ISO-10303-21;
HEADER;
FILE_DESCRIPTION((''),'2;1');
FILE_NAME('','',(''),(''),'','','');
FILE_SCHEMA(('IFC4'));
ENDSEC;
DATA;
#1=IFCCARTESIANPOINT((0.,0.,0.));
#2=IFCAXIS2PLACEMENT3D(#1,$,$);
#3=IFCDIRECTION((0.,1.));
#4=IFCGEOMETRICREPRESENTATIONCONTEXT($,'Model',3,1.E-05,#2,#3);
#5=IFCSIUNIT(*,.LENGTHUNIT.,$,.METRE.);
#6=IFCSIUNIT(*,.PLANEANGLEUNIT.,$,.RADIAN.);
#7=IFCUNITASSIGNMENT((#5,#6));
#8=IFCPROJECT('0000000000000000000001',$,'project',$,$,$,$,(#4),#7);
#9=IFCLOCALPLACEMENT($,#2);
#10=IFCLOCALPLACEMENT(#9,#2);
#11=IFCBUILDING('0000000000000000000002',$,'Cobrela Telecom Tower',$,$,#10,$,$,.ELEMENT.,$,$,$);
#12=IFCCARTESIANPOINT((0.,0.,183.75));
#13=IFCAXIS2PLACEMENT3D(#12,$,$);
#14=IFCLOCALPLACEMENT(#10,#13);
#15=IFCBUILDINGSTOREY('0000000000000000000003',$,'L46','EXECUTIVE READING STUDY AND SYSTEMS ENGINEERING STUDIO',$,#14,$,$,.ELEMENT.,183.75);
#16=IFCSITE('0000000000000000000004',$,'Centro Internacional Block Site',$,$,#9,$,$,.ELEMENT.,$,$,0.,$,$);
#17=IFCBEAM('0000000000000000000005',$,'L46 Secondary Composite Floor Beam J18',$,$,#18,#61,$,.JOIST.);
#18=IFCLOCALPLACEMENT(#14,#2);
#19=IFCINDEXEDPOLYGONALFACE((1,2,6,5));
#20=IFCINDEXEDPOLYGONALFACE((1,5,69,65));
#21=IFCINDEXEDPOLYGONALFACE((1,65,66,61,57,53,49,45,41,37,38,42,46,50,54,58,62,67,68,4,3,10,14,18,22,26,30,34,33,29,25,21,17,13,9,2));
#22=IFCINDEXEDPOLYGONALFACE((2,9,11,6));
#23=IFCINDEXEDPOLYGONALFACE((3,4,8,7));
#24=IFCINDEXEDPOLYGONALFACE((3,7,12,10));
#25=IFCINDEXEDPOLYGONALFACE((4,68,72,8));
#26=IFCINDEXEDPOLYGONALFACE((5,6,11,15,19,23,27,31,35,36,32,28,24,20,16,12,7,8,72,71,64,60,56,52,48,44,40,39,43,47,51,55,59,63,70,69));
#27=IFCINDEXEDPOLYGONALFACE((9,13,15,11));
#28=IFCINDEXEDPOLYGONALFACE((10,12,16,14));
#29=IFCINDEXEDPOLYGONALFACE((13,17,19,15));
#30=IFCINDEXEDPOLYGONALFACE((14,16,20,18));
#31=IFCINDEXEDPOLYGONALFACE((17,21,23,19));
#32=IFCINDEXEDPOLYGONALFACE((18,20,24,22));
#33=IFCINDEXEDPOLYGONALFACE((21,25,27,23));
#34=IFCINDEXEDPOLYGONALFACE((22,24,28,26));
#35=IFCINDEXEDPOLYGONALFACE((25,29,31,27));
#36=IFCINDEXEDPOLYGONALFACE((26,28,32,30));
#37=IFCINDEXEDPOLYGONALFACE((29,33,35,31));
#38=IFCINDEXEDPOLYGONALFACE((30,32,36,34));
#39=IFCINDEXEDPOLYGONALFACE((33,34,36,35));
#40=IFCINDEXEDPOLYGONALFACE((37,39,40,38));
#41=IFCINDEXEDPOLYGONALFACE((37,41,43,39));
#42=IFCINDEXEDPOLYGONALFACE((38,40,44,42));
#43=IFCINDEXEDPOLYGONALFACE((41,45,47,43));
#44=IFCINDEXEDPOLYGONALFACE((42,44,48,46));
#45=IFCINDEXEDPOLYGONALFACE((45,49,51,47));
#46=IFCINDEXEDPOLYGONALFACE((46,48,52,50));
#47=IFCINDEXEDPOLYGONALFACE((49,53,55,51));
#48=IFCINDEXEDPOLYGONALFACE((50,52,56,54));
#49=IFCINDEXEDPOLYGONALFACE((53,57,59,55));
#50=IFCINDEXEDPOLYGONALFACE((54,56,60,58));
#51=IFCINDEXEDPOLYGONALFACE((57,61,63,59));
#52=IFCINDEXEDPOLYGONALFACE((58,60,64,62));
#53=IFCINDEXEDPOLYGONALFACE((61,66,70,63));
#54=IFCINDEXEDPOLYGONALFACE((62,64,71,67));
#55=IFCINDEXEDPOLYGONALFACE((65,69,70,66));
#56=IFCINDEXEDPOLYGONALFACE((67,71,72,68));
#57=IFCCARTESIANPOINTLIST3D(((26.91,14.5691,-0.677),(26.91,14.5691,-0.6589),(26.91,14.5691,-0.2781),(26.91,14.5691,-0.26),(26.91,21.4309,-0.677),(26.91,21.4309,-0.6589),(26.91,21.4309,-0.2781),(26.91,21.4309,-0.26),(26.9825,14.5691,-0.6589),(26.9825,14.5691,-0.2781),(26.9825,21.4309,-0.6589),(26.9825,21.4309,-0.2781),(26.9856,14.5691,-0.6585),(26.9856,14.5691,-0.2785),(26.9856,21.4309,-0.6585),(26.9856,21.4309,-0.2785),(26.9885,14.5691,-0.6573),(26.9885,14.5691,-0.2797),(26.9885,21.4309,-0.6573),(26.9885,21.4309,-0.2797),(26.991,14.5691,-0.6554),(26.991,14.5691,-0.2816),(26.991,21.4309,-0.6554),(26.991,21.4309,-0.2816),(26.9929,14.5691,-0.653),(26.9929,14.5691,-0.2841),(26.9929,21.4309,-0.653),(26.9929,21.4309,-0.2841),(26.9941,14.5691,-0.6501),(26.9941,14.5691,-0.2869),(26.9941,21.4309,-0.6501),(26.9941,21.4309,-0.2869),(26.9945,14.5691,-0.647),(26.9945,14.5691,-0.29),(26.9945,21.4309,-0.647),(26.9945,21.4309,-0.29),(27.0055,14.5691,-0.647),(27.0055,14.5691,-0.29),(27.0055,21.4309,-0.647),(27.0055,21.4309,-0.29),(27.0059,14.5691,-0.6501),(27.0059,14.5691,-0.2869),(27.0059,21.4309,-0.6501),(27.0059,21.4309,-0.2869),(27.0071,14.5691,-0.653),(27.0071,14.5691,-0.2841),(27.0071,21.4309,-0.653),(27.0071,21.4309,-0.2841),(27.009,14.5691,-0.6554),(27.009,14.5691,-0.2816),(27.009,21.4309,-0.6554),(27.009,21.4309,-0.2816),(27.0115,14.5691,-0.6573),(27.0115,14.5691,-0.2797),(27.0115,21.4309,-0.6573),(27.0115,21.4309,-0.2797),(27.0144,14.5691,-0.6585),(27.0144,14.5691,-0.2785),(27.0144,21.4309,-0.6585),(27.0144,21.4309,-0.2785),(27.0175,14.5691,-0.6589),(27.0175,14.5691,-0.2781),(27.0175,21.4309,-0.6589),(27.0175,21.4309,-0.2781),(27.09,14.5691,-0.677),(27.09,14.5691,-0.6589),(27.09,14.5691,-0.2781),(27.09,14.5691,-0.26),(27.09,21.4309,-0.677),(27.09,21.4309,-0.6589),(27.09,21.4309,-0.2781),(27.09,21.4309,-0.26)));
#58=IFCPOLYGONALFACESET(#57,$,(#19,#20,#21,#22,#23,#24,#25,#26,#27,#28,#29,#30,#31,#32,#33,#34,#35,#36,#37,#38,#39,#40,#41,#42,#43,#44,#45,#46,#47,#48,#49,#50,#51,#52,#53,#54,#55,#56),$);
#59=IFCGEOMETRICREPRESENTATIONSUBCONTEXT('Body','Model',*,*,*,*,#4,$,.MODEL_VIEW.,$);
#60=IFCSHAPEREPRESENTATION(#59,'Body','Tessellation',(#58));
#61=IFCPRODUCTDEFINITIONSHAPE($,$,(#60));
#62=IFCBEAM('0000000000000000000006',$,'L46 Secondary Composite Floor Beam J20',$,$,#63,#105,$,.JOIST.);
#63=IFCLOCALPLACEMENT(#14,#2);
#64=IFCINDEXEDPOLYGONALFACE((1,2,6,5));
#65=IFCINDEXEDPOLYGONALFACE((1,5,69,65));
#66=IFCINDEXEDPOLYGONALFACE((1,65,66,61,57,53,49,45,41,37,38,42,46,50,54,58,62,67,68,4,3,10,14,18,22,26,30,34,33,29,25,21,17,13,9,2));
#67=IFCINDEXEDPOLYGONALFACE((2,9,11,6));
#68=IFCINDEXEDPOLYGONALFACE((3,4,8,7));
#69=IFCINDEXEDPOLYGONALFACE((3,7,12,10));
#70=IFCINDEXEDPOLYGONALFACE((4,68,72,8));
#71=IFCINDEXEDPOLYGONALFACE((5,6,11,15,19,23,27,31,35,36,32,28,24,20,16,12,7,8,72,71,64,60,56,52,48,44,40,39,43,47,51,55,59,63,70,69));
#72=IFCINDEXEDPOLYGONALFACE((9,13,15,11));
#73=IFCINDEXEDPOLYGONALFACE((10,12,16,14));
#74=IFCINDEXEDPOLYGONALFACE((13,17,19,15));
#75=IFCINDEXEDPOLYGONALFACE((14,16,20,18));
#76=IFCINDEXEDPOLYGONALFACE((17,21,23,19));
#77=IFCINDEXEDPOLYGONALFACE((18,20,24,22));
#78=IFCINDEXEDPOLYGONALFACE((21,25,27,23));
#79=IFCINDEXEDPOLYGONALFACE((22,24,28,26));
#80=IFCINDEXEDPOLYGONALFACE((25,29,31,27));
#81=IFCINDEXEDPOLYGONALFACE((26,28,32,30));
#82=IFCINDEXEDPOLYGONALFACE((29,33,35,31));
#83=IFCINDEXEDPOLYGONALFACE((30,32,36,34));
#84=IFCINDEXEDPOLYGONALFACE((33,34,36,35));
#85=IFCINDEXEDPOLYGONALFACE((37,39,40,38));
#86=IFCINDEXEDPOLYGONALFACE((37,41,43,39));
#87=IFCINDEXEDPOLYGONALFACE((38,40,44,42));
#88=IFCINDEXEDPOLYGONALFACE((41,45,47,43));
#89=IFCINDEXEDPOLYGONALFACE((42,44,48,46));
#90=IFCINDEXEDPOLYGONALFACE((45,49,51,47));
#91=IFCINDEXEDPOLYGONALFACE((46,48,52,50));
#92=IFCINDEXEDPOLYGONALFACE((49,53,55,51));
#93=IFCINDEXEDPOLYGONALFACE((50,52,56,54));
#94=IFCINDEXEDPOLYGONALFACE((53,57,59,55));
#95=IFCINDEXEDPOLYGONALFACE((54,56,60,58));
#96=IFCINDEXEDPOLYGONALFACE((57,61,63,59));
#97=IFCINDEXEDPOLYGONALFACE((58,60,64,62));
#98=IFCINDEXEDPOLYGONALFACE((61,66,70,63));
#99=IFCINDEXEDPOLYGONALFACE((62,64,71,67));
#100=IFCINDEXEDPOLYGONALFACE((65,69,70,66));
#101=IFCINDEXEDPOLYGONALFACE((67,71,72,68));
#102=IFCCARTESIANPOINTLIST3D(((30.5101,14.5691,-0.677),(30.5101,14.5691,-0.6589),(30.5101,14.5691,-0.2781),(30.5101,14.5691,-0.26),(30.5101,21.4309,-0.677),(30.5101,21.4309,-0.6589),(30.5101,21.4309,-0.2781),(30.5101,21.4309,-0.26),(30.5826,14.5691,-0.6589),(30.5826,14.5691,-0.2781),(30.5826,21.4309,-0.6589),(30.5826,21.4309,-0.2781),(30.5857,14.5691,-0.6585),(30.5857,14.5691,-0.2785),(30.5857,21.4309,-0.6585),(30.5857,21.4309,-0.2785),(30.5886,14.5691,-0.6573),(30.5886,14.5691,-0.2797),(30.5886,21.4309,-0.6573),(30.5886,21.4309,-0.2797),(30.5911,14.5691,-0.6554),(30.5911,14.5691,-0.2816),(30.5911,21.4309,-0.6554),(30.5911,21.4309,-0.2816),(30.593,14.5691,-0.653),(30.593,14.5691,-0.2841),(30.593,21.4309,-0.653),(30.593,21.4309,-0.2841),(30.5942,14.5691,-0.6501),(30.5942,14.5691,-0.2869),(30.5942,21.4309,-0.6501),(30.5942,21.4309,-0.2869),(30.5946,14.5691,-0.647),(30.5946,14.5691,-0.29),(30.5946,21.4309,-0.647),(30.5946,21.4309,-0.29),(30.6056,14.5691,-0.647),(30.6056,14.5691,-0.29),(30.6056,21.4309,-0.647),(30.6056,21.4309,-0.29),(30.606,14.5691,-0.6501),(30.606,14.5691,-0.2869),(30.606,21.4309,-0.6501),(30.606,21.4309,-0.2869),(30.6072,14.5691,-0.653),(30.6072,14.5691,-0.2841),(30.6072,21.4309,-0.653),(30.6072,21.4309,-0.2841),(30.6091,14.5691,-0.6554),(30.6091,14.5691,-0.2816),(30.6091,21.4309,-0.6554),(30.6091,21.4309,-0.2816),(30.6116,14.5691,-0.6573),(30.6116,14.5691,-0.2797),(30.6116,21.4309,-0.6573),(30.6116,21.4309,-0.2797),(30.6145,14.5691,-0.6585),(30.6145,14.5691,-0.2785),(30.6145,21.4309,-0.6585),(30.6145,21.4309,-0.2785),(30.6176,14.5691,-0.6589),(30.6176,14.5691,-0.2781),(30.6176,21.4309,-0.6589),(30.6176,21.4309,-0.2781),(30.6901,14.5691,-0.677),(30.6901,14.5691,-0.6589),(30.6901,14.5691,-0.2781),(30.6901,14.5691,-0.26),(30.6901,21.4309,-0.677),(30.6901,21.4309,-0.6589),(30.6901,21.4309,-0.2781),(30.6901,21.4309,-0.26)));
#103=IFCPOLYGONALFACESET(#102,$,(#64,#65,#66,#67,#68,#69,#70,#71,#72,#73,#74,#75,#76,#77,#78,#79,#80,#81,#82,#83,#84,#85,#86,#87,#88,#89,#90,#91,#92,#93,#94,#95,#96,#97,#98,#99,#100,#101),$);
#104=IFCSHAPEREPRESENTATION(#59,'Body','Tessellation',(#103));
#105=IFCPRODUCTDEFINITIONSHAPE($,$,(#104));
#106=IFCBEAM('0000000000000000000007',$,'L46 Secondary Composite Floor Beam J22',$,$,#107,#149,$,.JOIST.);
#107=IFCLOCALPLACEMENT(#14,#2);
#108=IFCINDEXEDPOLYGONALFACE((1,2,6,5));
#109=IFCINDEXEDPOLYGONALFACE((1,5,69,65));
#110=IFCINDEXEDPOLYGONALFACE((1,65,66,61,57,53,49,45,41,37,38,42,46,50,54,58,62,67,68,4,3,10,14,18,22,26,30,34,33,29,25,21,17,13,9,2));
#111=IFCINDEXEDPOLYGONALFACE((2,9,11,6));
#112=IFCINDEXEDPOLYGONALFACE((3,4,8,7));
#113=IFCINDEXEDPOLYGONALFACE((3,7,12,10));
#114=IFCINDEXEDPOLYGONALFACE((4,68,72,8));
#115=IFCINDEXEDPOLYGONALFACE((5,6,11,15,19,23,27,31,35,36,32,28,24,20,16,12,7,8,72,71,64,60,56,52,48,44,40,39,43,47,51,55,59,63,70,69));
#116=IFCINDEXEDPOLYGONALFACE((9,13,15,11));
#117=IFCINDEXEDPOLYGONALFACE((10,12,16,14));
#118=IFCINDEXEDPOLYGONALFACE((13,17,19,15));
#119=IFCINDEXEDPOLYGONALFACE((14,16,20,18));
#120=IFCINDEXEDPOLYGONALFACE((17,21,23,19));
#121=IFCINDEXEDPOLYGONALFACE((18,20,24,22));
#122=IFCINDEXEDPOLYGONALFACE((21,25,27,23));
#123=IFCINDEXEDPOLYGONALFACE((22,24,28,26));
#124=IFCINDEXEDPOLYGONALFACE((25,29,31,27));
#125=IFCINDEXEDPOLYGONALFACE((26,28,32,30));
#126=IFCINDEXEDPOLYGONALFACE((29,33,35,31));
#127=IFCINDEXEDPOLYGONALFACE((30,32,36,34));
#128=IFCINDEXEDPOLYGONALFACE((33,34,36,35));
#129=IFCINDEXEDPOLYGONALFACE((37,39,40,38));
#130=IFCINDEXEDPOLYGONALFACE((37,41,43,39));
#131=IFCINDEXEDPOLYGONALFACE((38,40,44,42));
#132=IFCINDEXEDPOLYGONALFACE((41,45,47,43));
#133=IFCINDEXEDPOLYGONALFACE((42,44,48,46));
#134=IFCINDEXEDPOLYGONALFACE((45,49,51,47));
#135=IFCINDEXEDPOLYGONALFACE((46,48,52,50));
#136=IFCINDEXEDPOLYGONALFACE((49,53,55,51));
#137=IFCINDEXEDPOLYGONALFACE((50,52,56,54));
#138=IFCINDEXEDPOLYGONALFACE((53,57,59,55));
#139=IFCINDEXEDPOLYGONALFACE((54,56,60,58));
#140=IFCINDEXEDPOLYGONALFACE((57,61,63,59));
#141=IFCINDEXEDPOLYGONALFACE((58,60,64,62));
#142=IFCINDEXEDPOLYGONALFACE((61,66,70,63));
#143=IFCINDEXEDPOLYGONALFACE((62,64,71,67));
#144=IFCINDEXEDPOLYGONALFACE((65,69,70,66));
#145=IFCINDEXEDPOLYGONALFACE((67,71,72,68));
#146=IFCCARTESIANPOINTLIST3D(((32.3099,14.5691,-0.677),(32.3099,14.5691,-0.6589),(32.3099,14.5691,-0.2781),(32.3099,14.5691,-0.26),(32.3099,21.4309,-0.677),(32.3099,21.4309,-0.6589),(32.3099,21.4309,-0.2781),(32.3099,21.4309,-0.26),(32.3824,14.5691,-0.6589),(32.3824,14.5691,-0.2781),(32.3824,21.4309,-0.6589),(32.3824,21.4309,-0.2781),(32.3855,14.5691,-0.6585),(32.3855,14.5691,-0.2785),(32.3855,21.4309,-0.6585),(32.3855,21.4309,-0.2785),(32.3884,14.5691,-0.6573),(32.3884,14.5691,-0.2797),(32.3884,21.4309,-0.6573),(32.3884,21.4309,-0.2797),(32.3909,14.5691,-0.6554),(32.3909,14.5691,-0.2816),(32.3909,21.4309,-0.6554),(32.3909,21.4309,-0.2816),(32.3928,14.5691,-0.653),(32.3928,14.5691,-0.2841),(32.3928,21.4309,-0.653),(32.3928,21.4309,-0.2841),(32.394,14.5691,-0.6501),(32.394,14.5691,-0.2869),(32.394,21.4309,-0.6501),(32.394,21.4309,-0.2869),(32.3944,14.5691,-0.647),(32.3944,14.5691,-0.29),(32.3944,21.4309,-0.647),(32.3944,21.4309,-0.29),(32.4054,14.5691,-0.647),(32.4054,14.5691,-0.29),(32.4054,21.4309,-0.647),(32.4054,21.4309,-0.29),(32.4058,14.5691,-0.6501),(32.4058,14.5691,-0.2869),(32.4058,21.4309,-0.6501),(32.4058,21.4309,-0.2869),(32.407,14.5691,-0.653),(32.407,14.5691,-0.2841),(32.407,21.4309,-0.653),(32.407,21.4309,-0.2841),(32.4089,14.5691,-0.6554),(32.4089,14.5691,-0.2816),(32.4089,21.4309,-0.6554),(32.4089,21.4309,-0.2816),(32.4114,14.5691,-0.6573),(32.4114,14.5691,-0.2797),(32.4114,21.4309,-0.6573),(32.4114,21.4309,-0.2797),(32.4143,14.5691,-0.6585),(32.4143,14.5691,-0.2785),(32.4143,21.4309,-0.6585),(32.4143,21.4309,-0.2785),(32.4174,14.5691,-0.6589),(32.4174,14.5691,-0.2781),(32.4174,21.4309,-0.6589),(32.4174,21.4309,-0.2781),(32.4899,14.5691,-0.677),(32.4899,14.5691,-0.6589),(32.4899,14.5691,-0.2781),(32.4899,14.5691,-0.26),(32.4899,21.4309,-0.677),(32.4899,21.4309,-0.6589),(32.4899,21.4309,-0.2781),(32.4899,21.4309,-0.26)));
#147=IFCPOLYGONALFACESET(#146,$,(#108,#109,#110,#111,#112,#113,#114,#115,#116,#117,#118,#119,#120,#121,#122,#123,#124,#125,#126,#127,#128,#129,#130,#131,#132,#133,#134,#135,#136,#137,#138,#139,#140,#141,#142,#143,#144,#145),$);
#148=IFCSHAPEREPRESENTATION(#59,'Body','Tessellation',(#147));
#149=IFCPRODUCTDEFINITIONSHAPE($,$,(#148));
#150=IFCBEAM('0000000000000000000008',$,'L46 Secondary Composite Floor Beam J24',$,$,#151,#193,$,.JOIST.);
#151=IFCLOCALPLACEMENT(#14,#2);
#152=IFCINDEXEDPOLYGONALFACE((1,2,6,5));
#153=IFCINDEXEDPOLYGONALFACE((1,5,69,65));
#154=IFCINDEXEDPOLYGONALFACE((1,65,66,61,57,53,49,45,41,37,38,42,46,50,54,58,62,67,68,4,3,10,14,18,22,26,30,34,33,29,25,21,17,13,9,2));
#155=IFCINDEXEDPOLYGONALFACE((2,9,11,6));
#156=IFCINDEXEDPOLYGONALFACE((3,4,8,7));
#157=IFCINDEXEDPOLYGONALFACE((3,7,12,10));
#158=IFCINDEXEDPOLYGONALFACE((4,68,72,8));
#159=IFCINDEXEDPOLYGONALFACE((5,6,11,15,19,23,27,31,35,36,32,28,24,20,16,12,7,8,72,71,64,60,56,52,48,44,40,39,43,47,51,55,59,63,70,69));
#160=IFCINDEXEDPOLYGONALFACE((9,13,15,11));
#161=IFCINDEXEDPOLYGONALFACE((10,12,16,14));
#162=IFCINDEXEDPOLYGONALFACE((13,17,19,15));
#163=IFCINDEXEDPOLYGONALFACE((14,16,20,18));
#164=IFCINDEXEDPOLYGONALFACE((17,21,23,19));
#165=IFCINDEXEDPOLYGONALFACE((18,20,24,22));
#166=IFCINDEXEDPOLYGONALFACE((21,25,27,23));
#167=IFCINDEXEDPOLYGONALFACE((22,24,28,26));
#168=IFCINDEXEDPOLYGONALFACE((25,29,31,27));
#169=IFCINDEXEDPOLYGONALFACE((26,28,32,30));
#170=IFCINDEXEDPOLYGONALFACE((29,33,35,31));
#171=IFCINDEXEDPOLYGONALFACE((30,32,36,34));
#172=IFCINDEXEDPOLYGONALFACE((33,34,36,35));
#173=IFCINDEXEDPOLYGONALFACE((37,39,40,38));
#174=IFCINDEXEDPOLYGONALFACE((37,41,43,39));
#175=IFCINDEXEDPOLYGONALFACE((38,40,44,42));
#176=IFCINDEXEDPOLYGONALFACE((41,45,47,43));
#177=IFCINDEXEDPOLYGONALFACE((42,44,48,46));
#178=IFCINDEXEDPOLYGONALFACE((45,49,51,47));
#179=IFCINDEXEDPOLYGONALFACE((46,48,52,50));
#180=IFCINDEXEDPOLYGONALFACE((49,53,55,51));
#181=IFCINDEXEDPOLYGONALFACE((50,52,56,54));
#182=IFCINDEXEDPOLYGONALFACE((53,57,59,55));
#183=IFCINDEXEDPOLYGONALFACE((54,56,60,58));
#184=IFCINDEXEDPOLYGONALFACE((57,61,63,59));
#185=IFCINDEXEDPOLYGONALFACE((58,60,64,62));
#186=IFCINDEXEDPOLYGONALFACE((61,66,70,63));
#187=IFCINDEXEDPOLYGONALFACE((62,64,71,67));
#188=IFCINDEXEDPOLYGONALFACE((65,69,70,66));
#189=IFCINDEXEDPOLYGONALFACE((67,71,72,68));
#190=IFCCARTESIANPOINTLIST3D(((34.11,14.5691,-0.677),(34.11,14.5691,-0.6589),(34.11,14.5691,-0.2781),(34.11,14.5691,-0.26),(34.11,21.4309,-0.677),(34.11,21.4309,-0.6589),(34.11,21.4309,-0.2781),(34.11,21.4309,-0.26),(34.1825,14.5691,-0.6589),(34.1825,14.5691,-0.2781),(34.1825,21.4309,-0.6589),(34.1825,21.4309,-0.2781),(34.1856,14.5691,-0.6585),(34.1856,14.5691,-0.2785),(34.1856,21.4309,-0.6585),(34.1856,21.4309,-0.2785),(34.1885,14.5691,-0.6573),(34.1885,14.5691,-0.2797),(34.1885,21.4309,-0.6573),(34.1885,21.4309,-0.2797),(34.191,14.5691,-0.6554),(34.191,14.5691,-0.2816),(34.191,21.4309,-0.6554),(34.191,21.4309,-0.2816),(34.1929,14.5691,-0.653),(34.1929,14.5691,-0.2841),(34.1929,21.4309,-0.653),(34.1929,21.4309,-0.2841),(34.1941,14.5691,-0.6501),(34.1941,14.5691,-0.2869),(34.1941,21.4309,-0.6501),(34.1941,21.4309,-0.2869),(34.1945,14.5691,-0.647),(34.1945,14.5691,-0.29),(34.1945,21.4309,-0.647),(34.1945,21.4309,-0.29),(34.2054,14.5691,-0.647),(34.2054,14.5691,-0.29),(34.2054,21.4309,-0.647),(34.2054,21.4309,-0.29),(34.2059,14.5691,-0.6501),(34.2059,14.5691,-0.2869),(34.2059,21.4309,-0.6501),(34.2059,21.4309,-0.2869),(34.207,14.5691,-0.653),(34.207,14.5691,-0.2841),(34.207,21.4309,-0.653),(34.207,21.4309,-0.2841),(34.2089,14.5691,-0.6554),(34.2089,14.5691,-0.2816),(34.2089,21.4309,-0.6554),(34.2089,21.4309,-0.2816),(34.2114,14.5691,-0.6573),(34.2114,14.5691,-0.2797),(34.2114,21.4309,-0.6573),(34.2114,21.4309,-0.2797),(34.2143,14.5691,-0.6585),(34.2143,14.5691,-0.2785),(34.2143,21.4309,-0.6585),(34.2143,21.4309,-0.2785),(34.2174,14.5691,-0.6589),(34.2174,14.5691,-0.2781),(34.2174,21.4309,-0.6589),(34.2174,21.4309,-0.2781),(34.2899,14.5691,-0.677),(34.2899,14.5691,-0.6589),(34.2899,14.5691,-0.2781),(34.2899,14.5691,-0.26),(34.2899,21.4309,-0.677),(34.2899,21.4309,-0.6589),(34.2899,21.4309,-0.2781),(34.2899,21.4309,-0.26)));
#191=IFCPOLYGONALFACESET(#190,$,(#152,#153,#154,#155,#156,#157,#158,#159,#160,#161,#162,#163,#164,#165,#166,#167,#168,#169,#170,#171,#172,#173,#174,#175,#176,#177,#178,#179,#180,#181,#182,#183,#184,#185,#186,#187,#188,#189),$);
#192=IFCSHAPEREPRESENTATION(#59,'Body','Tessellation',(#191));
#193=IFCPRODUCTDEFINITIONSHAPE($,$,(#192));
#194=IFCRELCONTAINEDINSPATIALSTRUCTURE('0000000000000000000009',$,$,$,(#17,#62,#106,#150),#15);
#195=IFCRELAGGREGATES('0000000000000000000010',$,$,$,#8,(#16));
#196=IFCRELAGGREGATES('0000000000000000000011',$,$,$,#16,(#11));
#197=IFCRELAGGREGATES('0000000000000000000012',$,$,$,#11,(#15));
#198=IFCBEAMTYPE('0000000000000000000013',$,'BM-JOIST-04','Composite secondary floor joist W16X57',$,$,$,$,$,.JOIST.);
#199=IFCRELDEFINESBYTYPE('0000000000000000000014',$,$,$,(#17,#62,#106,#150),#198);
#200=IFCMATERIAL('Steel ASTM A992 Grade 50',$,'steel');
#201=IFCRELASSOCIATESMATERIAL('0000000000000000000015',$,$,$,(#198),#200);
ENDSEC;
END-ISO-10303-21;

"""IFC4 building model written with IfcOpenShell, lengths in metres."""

from ifc_helpers import new_model, si_unit, direction, frame, origin, origin_2d, place, context, subcontext, project, spatial, i_section, extrude, material, material_profile, profile_set, type_object, element, save


model = new_model("IFC4")

# Units and contexts
model_context = context("Model", 3, precision=1e-05, world=origin(), true_north=direction((0.0, 1.0)))
body_context = subcontext(model_context, "Body", "Model", "MODEL_VIEW")
ifc_project = project(units=[si_unit("LENGTHUNIT", "METRE"), si_unit("PLANEANGLEUNIT", "RADIAN")], contexts=[model_context])

# Site, building, storey
site_placement = place(None, origin())
site = spatial("IfcSite", under=ifc_project, at=site_placement, Name="Centro Internacional Block Site", CompositionType="ELEMENT", RefElevation=0.0)
building_placement = place(site_placement, origin())
building = spatial("IfcBuilding", under=site, at=building_placement, Name="Cobrela Telecom Tower", CompositionType="ELEMENT")
storey_placement = place(building_placement, frame((0.0, 0.0, 183.75)))
storey = spatial("IfcBuildingStorey", under=building, at=storey_placement, Name="L46", Description="EXECUTIVE READING STUDY AND SYSTEMS ENGINEERING STUDIO", CompositionType="ELEMENT", Elevation=183.75)

# Shared definitions
ifc_material_1 = material(Name="Steel ASTM A992 Grade 50", Category="steel")

# Beams
ifc_material_profile_1 = material_profile(ifc_material_1, i_section(OverallWidth=0.1799, OverallDepth=0.417, WebThickness=0.011, FlangeThickness=0.0181, FilletRadius=0.012, at=origin_2d()), Name="W16X57")
ifc_profile_set_1 = profile_set([ifc_material_profile_1], Name="Steel ASTM A992 Grade 50")
beam_type_1 = type_object("IfcBeamType", Name="BM-JOIST-04", Description="Composite secondary floor joist W16X57", PredefinedType="JOIST", material=ifc_profile_set_1)
for number, where, z_axis, x_axis, name in (
    (1, (27.0, 14.5691, -0.4685), (0.0, 1.0, 0.0), (-1.0, 0.0, 0.0), "L46 Secondary Composite Floor Beam J18"),
    (2, (30.6001, 14.5691, -0.4685), (0.0, 1.0, 0.0), (-1.0, 0.0, 0.0), "L46 Secondary Composite Floor Beam J20"),
    (3, (32.3999, 14.5691, -0.4685), (0.0, 1.0, 0.0), (-1.0, 0.0, 0.0), "L46 Secondary Composite Floor Beam J22"),
    (4, (34.2, 14.5691, -0.4685), (0.0, 1.0, 0.0), (-1.0, 0.0, 0.0), "L46 Secondary Composite Floor Beam J24"),
):
    element("IfcBeam", number, at=place(storey_placement, frame(where, z_axis=z_axis, x_axis=x_axis)), inside=storey, type_object=beam_type_1, Name=name, PredefinedType="JOIST", context=body_context, shape_type="SweptSolid", body=[
        extrude(i_section(OverallWidth=0.1799, OverallDepth=0.417, WebThickness=0.011, FlangeThickness=0.0181, FilletRadius=0.012, at=origin_2d()), origin(), (0.0, 0.0, 1.0), 6.8618),
    ])

save(model, "model.ifc")
